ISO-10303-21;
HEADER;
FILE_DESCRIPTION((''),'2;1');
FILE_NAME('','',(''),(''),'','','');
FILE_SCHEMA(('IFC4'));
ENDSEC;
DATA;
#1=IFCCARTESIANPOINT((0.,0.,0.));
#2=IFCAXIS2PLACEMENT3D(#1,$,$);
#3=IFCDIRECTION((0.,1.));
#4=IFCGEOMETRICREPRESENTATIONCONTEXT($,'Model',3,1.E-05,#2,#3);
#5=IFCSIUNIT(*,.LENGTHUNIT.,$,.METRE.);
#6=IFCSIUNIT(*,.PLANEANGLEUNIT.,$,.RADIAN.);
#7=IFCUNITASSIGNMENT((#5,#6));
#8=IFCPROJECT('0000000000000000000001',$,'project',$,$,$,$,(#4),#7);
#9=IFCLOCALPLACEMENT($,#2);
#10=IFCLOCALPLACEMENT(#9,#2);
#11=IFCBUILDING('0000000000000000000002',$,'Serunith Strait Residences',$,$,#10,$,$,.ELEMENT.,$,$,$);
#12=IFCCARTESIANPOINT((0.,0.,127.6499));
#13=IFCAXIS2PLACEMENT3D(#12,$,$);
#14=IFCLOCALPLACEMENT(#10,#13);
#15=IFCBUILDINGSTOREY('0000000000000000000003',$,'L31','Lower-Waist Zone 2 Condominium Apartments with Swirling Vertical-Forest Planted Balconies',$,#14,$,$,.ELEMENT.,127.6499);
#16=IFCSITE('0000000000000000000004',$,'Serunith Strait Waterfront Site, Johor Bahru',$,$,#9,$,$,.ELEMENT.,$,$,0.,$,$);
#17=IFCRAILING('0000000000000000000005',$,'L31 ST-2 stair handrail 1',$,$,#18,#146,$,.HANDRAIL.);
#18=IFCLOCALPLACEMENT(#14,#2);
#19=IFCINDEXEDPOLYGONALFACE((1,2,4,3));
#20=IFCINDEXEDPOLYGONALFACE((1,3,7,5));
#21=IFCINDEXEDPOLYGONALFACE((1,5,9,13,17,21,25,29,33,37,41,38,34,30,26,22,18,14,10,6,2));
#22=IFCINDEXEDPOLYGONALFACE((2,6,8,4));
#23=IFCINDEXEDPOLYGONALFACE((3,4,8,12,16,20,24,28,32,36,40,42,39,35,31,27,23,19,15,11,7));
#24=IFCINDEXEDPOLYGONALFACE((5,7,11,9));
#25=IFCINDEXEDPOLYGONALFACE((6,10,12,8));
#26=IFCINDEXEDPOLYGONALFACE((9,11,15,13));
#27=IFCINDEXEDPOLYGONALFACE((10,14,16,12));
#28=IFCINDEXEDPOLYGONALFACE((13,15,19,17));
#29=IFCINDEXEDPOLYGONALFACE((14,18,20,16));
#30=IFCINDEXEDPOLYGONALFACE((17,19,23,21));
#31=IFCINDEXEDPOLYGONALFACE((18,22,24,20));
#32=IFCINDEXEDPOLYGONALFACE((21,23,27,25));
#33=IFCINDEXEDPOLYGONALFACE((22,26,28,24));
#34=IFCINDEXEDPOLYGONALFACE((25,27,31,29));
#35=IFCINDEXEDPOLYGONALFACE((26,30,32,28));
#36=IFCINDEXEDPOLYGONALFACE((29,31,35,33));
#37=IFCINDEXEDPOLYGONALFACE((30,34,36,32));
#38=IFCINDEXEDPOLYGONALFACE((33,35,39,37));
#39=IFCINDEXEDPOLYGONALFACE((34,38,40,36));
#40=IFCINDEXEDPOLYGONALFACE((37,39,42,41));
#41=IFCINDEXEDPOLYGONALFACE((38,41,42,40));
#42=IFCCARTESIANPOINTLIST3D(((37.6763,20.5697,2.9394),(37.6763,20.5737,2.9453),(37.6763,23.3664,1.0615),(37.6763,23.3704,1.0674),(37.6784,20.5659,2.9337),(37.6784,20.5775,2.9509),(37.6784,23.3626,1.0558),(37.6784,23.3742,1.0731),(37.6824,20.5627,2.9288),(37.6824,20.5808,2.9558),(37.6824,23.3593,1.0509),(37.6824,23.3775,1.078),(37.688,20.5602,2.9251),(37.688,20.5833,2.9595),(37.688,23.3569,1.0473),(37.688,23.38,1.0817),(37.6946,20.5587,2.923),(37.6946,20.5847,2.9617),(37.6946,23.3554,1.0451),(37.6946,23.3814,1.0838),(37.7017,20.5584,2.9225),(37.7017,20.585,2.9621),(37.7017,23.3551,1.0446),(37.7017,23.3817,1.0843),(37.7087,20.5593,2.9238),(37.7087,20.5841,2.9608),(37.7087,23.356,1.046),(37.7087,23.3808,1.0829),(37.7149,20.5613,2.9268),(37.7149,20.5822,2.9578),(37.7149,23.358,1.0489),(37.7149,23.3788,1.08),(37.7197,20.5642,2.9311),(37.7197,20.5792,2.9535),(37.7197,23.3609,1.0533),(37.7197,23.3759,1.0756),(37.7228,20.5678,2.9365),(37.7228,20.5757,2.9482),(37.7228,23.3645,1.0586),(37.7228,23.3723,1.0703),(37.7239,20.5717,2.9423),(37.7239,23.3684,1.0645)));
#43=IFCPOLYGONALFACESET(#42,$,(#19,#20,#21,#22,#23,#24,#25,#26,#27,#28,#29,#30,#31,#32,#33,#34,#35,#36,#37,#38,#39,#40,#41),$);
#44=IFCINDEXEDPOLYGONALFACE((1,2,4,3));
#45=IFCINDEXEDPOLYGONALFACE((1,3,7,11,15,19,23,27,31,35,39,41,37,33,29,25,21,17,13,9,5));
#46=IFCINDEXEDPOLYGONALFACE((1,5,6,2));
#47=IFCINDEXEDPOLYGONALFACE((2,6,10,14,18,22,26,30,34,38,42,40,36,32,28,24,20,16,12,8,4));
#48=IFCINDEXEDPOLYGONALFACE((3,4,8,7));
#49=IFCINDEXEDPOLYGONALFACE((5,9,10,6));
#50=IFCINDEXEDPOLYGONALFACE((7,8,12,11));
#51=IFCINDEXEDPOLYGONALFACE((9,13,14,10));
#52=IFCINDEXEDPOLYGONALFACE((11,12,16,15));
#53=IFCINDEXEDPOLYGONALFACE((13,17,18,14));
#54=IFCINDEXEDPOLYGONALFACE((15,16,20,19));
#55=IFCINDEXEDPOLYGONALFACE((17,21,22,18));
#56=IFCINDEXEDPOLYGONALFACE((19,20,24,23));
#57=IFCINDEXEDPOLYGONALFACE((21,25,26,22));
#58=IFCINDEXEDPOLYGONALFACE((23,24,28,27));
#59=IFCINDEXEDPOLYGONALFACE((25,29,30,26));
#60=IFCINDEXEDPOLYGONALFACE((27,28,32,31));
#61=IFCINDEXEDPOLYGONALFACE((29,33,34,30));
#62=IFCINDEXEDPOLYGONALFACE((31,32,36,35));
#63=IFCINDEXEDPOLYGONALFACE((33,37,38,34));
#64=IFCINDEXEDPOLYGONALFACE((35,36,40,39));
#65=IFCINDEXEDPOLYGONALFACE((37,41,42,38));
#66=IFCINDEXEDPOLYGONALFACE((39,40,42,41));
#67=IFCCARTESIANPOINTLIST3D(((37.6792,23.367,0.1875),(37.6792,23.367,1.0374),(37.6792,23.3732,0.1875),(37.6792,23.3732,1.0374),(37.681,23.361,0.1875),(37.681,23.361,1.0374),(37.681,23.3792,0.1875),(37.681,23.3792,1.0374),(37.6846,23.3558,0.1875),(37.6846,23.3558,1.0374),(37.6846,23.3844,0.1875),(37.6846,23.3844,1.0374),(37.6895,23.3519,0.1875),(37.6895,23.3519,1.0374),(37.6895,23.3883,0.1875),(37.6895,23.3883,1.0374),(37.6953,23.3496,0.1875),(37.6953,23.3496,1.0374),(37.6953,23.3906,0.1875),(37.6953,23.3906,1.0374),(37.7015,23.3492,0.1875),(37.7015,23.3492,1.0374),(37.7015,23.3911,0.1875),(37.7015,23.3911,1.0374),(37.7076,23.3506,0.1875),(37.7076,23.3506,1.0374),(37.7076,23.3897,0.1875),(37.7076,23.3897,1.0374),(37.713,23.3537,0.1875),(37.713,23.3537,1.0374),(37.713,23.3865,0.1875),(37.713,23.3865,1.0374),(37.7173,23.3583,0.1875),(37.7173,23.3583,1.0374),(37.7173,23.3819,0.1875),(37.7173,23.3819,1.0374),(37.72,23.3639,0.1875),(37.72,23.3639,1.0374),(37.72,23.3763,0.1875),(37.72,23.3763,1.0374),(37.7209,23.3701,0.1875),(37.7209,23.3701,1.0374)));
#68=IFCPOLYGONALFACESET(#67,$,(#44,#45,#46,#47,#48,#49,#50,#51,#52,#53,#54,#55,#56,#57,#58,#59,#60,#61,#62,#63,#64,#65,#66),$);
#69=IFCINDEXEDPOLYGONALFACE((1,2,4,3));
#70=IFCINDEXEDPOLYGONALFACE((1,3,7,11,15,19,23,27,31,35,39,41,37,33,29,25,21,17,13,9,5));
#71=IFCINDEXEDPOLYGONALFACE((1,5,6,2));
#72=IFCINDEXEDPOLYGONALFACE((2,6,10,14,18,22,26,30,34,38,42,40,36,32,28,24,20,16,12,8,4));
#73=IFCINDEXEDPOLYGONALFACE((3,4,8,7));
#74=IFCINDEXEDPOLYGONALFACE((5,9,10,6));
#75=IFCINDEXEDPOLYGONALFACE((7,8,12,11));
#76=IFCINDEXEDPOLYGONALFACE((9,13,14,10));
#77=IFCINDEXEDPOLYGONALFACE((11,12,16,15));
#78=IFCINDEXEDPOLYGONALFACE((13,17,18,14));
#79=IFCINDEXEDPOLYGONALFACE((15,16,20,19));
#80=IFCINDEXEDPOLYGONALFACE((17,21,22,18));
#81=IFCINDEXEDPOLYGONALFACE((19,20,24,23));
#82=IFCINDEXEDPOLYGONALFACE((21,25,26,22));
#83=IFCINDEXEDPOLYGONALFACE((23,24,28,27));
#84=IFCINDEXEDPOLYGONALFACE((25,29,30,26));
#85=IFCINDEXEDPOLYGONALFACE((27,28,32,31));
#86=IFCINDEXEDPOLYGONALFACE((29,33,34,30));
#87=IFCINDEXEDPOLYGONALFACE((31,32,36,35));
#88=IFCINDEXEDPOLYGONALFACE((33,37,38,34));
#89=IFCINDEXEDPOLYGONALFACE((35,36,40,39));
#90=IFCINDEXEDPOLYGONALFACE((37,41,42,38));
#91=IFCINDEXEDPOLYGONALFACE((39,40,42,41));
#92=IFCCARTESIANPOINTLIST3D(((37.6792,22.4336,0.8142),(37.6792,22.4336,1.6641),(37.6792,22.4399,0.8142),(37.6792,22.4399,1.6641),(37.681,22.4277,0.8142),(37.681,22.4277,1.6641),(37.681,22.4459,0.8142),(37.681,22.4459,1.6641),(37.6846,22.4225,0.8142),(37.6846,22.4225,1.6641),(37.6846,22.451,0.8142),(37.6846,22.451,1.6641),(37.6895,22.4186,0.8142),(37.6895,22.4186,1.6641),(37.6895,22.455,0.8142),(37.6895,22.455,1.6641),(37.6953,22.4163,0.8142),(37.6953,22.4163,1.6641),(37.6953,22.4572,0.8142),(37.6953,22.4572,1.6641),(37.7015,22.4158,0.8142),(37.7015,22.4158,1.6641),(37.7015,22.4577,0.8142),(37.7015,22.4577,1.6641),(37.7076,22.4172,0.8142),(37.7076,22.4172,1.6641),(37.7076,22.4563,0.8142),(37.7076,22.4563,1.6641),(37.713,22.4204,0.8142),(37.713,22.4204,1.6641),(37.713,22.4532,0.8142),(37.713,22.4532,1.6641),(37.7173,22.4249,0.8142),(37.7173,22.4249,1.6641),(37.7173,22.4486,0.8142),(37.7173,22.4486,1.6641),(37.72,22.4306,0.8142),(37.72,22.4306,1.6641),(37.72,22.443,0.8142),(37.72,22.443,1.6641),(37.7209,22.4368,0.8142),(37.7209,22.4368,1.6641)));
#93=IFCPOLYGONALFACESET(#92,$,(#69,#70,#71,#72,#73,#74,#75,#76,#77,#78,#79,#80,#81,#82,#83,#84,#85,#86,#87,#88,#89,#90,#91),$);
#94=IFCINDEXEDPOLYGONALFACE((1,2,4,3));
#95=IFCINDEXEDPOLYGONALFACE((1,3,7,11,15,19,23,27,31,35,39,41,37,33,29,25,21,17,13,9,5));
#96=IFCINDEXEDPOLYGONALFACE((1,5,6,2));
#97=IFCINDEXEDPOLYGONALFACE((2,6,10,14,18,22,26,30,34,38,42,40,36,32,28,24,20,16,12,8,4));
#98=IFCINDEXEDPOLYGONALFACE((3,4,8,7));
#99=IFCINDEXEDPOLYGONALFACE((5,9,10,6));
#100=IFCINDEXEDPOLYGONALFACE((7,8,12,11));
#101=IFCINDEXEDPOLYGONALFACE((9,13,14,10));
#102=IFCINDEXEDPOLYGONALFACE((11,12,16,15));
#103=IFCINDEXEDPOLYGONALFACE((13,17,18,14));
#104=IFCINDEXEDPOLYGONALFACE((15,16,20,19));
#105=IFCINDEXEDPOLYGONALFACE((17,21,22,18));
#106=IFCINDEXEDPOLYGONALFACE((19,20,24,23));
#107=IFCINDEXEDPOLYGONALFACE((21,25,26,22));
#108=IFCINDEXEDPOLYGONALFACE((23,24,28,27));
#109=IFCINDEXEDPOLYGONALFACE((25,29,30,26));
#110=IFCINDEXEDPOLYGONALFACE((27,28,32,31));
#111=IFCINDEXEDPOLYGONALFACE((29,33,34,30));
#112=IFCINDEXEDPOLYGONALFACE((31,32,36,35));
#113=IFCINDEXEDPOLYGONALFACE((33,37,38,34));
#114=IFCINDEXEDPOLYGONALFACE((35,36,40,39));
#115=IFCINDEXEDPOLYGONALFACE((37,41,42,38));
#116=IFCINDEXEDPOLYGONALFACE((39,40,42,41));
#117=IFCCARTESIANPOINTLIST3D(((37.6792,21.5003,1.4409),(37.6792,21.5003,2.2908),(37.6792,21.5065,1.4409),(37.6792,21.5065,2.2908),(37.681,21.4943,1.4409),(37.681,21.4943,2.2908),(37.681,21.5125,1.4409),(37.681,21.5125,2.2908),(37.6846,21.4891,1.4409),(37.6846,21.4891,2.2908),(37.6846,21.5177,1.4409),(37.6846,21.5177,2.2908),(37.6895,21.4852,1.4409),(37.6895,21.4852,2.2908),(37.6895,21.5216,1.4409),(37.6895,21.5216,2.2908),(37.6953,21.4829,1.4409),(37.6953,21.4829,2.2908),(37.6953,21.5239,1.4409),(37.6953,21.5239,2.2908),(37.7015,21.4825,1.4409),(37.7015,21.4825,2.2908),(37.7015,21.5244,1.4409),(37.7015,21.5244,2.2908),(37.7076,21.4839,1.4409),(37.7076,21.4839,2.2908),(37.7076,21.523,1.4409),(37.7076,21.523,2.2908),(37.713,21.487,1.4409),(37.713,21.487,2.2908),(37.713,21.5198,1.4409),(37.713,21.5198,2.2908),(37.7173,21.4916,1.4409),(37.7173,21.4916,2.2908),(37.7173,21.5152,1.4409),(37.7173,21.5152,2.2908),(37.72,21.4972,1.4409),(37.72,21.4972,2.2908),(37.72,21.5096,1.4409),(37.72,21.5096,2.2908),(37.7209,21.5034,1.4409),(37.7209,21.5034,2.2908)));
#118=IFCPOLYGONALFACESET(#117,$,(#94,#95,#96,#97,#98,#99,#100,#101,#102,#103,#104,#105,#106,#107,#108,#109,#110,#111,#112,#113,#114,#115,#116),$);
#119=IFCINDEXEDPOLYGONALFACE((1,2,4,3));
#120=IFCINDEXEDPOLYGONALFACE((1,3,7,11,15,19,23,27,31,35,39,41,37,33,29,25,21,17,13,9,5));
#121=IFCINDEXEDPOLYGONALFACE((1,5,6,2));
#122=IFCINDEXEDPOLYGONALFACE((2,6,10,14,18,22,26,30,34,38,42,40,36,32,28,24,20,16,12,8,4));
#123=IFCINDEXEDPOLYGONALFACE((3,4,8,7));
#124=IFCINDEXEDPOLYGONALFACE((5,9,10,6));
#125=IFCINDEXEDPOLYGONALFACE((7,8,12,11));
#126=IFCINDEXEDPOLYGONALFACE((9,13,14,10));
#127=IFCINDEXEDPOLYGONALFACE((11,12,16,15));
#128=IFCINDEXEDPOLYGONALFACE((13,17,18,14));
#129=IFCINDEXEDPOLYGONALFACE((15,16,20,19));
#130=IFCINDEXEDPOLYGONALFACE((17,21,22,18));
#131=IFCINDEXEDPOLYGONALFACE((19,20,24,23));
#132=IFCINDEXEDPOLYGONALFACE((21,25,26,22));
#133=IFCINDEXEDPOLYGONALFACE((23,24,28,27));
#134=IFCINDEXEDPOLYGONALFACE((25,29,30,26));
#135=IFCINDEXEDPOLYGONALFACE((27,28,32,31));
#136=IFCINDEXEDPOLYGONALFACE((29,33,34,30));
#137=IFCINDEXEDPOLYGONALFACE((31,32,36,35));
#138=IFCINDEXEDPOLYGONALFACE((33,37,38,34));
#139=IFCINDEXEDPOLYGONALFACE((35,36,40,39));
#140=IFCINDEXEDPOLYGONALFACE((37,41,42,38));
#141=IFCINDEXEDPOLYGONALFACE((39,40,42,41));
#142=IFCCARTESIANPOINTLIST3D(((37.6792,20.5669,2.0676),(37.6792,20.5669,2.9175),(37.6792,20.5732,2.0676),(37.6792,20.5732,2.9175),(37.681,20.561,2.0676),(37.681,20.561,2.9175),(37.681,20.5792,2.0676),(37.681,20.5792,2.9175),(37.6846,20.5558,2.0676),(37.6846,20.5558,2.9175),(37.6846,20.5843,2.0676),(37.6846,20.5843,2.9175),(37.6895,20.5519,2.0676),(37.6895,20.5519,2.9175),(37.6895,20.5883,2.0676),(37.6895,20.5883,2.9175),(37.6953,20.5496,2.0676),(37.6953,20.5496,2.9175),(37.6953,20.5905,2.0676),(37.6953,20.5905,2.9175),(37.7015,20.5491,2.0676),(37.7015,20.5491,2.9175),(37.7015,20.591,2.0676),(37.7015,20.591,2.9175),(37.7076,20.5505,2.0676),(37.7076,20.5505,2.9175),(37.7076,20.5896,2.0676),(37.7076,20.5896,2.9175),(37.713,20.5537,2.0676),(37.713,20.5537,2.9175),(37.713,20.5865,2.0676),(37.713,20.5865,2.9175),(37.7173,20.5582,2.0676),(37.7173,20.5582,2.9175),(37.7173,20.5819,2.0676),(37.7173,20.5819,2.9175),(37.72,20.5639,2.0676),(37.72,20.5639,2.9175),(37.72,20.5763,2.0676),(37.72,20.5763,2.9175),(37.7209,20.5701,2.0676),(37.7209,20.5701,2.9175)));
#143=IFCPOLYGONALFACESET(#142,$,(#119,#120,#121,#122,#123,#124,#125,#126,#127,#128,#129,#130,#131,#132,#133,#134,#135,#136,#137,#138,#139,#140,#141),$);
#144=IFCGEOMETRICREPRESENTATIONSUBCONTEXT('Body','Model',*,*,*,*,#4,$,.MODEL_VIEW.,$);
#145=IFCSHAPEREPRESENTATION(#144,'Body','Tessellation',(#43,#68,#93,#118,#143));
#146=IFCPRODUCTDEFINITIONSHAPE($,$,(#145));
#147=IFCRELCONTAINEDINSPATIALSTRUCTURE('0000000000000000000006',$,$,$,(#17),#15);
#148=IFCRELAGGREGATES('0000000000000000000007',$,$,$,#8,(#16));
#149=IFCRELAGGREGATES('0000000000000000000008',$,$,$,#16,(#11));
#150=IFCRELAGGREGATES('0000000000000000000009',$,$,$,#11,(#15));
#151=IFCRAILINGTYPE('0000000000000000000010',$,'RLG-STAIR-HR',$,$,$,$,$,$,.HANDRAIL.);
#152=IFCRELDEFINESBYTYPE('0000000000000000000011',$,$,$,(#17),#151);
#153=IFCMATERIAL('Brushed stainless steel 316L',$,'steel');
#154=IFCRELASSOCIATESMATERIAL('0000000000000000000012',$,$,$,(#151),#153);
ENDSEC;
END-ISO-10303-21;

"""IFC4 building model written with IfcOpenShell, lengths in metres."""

from ifc_helpers import new_model, si_unit, direction, frame, origin, origin_2d, place, context, subcontext, project, spatial, circle, extrude, material, type_object, element, save


model = new_model("IFC4")

# Units and contexts
model_context = context("Model", 3, precision=1e-05, world=origin(), true_north=direction((0.0, 1.0)))
body_context = subcontext(model_context, "Body", "Model", "MODEL_VIEW")
ifc_project = project(units=[si_unit("LENGTHUNIT", "METRE"), si_unit("PLANEANGLEUNIT", "RADIAN")], contexts=[model_context])

# Site, building, storey
site_placement = place(None, origin())
site = spatial("IfcSite", under=ifc_project, at=site_placement, Name="Serunith Strait Waterfront Site, Johor Bahru", CompositionType="ELEMENT", RefElevation=0.0)
building_placement = place(site_placement, origin())
building = spatial("IfcBuilding", under=site, at=building_placement, Name="Serunith Strait Residences", CompositionType="ELEMENT")
storey_placement = place(building_placement, frame((0.0, 0.0, 127.6499)))
storey = spatial("IfcBuildingStorey", under=building, at=storey_placement, Name="L31", Description="Lower-Waist Zone 2 Condominium Apartments with Swirling Vertical-Forest Planted Balconies", CompositionType="ELEMENT", Elevation=127.6499)

# Railing
ifc_material_1 = material(Name="Brushed stainless steel 316L", Category="steel")
railing_type_1 = type_object("IfcRailingType", Name="RLG-STAIR-HR", PredefinedType="HANDRAIL", material=ifc_material_1)
railing_1_placement = place(storey_placement, frame((37.7, 23.3701, 0.1875)))
element("IfcRailing", 1, at=railing_1_placement, inside=storey, type_object=railing_type_1, Name="L31 ST-2 stair handrail 1", PredefinedType="HANDRAIL", context=body_context, shape_type="SweptSolid", body=[
    extrude(circle(Radius=0.0239, at=origin_2d()), frame((0.0, -0.0017, 0.877), z_axis=(0.0, -0.830208, 0.557453), x_axis=(1.0, 0.0, 0.0)), (0.0, 0.0, 1.0), 3.3687),
    extrude(circle(Radius=0.021, at=origin_2d()), origin(), (0.0, 0.0, 1.0), 0.8499),
    extrude(circle(Radius=0.021, at=origin_2d()), frame((0.0, -0.9333, 0.6267)), (0.0, 0.0, 1.0), 0.8499),
    extrude(circle(Radius=0.021, at=origin_2d()), frame((0.0, -1.8667, 1.2534)), (0.0, 0.0, 1.0), 0.8499),
    extrude(circle(Radius=0.021, at=origin_2d()), frame((0.0, -2.8, 1.8801)), (0.0, 0.0, 1.0), 0.8499),
])

save(model, "model.ifc")
